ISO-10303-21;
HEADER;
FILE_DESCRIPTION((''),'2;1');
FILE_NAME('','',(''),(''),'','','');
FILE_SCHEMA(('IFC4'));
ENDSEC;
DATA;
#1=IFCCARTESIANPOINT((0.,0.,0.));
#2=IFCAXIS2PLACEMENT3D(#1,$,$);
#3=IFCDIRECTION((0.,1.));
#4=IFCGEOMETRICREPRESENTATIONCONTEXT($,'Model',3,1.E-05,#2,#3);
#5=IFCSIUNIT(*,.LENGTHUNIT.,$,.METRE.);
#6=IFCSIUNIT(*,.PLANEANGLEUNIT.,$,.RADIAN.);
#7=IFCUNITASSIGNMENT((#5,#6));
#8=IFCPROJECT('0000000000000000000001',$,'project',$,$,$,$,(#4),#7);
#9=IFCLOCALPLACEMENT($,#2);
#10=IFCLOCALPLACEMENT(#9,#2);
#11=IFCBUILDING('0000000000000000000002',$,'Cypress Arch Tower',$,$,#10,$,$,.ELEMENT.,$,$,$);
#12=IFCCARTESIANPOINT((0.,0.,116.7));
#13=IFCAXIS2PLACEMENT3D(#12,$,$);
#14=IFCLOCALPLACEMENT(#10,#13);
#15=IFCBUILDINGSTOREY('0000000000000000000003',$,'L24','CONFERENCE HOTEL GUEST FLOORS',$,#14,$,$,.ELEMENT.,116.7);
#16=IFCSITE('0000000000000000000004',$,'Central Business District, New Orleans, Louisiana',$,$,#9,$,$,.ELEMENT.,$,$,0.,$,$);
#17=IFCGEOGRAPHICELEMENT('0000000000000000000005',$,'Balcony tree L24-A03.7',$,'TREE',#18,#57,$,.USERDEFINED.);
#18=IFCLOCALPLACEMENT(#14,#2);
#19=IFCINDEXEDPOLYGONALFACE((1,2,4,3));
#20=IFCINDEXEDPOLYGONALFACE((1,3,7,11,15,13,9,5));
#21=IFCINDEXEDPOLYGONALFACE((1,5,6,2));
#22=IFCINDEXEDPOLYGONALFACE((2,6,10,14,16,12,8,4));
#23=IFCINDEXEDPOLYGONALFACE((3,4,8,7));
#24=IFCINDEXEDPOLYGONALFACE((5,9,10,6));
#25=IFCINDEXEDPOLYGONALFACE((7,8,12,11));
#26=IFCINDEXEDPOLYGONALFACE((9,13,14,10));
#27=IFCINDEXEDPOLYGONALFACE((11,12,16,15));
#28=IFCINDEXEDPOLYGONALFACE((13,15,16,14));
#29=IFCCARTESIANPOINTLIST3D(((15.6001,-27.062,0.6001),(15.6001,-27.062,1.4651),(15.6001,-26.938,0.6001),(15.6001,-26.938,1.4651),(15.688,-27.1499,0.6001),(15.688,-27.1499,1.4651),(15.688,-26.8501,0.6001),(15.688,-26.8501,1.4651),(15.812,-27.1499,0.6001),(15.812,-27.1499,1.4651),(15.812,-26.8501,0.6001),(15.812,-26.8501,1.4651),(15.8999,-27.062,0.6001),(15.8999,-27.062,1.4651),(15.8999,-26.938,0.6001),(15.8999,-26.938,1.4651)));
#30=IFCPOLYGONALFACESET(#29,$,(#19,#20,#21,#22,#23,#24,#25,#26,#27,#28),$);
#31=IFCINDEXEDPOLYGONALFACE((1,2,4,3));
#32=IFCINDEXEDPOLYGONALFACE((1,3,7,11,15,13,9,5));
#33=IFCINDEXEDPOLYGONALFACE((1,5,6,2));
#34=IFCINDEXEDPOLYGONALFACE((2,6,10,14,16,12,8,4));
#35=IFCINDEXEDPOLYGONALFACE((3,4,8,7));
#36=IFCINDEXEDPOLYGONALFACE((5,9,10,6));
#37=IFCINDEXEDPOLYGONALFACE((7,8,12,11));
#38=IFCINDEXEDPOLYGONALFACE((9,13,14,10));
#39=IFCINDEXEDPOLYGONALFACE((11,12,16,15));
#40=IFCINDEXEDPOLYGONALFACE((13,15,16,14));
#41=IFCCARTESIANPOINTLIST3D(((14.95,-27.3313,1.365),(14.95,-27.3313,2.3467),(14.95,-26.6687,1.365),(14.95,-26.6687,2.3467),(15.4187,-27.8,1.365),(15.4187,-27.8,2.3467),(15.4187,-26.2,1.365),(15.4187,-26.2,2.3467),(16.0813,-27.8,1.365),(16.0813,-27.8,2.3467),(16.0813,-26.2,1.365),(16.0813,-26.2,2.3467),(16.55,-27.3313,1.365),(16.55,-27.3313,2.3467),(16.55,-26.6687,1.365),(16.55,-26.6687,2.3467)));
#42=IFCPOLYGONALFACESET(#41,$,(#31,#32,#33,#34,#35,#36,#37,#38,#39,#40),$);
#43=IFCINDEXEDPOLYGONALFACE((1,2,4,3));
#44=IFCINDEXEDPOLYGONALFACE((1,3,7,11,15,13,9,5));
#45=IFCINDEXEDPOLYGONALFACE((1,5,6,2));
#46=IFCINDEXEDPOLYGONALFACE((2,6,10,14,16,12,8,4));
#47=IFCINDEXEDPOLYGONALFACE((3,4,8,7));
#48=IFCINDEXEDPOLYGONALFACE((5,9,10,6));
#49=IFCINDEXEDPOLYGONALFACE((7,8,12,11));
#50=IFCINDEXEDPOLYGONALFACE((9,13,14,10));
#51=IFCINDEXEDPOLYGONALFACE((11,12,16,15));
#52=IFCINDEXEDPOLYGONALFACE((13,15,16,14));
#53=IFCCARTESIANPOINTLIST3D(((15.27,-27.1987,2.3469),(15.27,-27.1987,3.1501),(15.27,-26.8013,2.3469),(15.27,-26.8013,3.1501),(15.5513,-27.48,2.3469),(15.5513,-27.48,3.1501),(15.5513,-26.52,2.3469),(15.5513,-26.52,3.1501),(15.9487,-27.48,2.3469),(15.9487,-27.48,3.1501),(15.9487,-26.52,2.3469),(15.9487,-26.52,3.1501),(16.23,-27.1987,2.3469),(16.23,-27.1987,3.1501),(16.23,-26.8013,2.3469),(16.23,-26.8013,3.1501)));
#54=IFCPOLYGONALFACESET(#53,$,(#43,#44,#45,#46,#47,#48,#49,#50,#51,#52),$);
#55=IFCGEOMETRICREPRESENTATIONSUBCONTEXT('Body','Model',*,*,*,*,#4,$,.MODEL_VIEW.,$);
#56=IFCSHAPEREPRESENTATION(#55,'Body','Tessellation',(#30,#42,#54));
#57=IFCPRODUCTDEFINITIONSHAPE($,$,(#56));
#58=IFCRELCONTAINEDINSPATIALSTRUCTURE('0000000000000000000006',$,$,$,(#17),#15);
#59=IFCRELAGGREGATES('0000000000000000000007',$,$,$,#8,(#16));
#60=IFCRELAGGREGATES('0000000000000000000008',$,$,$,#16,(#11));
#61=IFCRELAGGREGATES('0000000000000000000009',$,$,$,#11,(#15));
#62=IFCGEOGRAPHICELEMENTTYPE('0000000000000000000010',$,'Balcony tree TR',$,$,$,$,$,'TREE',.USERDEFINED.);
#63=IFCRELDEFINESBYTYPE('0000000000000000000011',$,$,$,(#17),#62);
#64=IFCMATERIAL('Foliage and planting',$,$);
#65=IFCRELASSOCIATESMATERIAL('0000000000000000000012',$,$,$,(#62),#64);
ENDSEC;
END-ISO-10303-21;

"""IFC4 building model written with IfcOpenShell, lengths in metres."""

from ifc_helpers import new_model, si_unit, direction, frame, origin, place, context, subcontext, project, spatial, polyline, outline, extrude, material, type_object, element, save


model = new_model("IFC4")

# Units and contexts
model_context = context("Model", 3, precision=1e-05, world=origin(), true_north=direction((0.0, 1.0)))
body_context = subcontext(model_context, "Body", "Model", "MODEL_VIEW")
ifc_project = project(units=[si_unit("LENGTHUNIT", "METRE"), si_unit("PLANEANGLEUNIT", "RADIAN")], contexts=[model_context])

# Site, building, storey
site_placement = place(None, origin())
site = spatial("IfcSite", under=ifc_project, at=site_placement, Name="Central Business District, New Orleans, Louisiana", CompositionType="ELEMENT", RefElevation=0.0)
building_placement = place(site_placement, origin())
building = spatial("IfcBuilding", under=site, at=building_placement, Name="Cypress Arch Tower", CompositionType="ELEMENT")
storey_placement = place(building_placement, frame((0.0, 0.0, 116.7)))
storey = spatial("IfcBuildingStorey", under=building, at=storey_placement, Name="L24", Description="CONFERENCE HOTEL GUEST FLOORS", CompositionType="ELEMENT", Elevation=116.7)

# Geographic element
ifc_material_1 = material(Name="Foliage and planting")
geographic_element_type = type_object("IfcGeographicElementType", Name="Balcony tree TR", ElementType="TREE", PredefinedType="USERDEFINED", material=ifc_material_1)
geographic_element_placement = place(storey_placement, frame((15.75, -27.0, 0.6001), z_axis=(0.0, 0.0, 1.0), x_axis=(1.0, 0.0, 0.0)))
element("IfcGeographicElement", 1, at=geographic_element_placement, inside=storey, type_object=geographic_element_type, Name="Balcony tree L24-A03.7", ObjectType="TREE", PredefinedType="USERDEFINED", context=body_context, shape_type="SweptSolid", body=[
    extrude(outline(polyline([(0.1499, 0.062), (0.062, 0.1499), (-0.062, 0.1499), (-0.1499, 0.062), (-0.1499, -0.062), (-0.062, -0.1499), (0.062, -0.1499), (0.1499, -0.062), (0.1499, 0.062)])), origin(), (0.0, 0.0, 1.0), 0.865),
    extrude(outline(polyline([(0.8, 0.3313), (0.3313, 0.8), (-0.3313, 0.8), (-0.8, 0.3313), (-0.8, -0.3313), (-0.3313, -0.8), (0.3313, -0.8), (0.8, -0.3313), (0.8, 0.3313)])), frame((0.0, 0.0, 0.7649)), (0.0, 0.0, 1.0), 0.9817),
    extrude(outline(polyline([(0.48, 0.1987), (0.1987, 0.48), (-0.1987, 0.48), (-0.48, 0.1987), (-0.48, -0.1987), (-0.1987, -0.48), (0.1987, -0.48), (0.48, -0.1987), (0.48, 0.1987)])), frame((0.0, 0.0, 1.7468)), (0.0, 0.0, 1.0), 0.8032),
])

save(model, "model.ifc")
